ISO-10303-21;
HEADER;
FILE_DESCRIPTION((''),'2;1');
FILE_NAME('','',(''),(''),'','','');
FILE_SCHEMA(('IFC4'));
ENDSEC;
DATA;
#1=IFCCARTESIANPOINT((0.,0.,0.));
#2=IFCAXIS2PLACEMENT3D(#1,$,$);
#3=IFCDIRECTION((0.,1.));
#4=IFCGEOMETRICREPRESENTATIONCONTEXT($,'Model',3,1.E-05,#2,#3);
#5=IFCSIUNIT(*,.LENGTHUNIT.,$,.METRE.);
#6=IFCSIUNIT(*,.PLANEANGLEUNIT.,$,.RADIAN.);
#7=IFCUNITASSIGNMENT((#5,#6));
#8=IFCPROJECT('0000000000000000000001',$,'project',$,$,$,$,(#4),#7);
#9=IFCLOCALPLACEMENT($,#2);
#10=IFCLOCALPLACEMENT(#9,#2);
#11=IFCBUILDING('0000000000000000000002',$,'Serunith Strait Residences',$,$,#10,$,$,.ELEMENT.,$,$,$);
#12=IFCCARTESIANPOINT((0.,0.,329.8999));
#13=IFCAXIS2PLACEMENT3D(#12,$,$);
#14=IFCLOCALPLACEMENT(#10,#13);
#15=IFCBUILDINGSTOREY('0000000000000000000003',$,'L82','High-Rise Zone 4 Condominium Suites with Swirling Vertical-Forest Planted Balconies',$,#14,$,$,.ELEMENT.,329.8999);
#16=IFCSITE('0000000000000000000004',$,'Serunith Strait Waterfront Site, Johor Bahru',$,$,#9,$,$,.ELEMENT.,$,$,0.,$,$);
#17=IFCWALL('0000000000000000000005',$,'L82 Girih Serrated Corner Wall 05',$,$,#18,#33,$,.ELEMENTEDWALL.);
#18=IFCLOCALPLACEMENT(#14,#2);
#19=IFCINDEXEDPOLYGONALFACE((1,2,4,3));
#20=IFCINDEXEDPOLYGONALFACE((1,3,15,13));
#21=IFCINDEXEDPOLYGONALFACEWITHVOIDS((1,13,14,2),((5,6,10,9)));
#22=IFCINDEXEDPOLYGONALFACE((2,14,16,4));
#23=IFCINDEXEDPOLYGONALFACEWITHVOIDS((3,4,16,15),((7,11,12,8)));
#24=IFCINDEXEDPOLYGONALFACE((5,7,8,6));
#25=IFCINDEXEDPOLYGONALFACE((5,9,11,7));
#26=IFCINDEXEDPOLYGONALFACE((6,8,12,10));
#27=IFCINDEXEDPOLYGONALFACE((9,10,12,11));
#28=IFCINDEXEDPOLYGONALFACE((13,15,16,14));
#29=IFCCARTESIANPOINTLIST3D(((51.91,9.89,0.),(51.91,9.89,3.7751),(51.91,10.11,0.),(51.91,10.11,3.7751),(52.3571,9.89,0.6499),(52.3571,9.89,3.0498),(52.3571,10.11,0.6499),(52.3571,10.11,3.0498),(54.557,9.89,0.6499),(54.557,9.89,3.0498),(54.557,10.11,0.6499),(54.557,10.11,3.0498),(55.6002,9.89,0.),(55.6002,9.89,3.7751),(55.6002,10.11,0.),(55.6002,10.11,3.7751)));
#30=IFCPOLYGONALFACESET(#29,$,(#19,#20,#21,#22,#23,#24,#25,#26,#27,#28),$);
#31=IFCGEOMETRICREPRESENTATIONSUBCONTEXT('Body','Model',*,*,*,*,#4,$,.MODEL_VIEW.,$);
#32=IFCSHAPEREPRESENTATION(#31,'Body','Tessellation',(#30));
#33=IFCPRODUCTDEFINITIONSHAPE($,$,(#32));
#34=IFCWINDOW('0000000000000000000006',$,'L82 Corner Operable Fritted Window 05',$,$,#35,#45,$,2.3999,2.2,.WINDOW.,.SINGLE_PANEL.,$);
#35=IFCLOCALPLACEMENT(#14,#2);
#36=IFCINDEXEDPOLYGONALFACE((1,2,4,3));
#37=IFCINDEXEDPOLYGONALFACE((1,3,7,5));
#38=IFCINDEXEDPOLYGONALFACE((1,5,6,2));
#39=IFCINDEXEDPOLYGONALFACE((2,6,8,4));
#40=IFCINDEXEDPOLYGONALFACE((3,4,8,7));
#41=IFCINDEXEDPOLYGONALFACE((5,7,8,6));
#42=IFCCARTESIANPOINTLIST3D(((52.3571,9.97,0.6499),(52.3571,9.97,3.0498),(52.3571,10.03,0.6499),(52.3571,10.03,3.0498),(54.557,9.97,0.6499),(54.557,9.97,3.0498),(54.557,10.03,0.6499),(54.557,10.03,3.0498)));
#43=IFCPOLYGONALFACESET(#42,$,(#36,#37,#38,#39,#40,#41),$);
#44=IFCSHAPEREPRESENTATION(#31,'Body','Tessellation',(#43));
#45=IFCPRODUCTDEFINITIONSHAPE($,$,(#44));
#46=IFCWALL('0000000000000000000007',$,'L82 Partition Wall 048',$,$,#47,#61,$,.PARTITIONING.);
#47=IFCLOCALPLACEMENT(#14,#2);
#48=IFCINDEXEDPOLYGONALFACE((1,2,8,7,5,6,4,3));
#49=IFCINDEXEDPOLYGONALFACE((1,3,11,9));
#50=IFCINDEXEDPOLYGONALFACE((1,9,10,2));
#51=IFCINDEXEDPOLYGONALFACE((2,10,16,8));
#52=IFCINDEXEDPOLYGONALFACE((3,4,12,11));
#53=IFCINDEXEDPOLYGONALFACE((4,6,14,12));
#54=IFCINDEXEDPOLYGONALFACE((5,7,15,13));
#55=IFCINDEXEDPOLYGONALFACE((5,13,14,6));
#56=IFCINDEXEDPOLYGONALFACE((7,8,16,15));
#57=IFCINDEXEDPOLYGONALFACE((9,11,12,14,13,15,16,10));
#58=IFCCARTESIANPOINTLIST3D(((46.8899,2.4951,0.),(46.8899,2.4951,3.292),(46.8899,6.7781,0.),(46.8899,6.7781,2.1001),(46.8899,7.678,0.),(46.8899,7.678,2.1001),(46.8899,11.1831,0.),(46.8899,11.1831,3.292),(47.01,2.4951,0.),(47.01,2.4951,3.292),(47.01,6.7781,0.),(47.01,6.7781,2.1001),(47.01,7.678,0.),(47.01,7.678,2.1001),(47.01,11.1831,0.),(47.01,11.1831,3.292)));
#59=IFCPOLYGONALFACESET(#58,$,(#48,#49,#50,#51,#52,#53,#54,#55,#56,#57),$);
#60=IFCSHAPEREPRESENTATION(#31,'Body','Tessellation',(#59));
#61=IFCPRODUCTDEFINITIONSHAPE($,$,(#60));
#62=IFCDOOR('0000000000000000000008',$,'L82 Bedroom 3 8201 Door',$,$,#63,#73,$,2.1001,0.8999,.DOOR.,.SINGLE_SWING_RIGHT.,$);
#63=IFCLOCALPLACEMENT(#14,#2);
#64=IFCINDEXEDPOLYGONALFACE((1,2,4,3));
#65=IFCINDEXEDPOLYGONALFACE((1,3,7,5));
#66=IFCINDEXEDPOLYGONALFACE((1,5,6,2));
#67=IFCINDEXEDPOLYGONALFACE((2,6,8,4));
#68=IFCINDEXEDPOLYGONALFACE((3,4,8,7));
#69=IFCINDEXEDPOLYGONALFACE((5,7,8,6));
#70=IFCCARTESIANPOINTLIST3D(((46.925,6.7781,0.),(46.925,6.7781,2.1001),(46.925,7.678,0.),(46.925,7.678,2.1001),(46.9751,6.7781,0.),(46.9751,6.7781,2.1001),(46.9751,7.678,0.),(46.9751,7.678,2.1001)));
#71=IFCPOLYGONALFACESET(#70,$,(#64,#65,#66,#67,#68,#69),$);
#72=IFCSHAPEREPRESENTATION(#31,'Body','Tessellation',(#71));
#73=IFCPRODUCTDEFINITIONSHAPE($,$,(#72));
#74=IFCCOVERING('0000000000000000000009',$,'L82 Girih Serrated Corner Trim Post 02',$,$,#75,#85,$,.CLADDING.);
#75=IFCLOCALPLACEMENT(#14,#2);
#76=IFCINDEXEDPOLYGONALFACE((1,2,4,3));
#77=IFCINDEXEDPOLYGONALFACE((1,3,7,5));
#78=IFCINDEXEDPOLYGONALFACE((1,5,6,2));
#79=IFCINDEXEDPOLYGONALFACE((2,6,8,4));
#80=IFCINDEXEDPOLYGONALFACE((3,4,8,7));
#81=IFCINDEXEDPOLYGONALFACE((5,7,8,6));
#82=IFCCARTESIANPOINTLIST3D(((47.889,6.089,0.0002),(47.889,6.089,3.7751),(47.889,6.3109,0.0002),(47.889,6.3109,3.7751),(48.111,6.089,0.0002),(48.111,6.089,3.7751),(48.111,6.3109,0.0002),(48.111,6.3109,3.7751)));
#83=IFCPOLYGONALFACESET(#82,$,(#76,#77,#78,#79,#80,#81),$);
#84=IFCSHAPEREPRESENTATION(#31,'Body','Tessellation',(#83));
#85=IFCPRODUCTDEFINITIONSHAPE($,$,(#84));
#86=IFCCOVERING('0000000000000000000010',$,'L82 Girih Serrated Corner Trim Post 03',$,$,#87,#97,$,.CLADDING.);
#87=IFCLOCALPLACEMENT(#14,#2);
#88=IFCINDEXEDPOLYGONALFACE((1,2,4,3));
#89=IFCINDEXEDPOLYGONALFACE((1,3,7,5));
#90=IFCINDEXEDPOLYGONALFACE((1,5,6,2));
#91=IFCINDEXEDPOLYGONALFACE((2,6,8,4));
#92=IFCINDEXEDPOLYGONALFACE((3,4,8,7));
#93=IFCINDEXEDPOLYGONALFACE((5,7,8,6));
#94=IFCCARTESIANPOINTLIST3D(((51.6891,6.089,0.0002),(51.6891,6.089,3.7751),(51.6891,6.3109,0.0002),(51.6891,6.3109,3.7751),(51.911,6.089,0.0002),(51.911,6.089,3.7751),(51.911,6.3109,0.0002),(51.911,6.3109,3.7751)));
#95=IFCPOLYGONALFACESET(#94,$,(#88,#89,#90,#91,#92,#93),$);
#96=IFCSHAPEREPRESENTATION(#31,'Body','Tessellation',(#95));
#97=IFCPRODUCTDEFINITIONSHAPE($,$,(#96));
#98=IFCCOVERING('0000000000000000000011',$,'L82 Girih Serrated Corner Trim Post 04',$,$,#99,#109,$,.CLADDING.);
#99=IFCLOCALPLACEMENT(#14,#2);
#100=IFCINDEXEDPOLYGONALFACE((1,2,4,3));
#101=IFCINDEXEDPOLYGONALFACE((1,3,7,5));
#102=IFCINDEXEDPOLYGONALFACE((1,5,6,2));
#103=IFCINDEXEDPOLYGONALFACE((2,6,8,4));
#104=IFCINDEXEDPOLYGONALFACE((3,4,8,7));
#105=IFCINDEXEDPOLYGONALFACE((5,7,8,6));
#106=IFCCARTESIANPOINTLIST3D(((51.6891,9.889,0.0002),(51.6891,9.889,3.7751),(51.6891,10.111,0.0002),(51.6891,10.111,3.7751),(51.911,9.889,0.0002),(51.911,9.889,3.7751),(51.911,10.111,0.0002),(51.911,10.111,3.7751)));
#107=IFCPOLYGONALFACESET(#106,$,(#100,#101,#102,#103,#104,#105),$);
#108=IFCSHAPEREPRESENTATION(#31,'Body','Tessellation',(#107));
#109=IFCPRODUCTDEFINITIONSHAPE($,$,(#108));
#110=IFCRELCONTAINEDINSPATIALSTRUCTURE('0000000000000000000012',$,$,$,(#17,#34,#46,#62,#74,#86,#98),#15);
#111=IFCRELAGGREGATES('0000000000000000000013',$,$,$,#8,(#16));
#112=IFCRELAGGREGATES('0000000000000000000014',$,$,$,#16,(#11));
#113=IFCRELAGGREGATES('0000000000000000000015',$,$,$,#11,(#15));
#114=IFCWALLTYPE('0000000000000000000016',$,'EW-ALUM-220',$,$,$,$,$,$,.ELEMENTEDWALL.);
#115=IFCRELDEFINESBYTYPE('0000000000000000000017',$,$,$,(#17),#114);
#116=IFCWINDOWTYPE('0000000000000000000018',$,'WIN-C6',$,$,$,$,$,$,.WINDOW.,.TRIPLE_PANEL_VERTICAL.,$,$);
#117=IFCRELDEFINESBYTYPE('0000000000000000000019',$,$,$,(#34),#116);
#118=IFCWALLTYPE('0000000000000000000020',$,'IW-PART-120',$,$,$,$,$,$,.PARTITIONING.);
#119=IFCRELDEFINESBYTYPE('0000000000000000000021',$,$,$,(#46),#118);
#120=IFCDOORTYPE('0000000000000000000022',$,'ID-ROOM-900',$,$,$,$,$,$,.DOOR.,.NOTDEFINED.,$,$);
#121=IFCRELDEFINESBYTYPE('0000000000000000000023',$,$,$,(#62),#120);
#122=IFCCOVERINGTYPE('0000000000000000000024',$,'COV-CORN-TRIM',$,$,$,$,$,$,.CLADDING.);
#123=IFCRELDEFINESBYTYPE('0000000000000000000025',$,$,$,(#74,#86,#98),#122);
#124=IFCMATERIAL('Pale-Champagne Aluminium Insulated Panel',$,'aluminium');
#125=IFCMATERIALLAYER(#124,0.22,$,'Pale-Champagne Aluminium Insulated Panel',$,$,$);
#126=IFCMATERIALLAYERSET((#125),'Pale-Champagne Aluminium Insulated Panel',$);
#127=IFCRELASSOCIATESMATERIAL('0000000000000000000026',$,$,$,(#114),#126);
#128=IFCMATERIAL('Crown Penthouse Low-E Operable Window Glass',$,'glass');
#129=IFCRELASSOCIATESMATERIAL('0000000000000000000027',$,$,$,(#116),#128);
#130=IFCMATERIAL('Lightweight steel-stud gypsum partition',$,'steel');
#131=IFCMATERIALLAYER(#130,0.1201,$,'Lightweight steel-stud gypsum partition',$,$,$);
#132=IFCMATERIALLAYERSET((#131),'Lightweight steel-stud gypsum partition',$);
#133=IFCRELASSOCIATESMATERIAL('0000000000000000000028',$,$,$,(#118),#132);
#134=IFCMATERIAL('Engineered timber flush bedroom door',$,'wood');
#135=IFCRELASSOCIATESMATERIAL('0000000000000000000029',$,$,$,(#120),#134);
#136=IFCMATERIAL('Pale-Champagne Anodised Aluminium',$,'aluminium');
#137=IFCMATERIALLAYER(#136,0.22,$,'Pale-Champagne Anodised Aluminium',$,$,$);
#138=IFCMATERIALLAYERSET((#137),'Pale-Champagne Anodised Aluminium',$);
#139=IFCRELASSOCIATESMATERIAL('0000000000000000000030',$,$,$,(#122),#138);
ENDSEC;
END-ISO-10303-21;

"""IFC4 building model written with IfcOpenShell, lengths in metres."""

from ifc_helpers import new_model, si_unit, direction, frame, frame_2d, origin, origin_2d, place, context, subcontext, project, spatial, rectangle, extrude, source, transform, mapped, material, layer, layer_set, type_object, element, fill, save


model = new_model("IFC4")

# Units and contexts
model_context = context("Model", 3, precision=1e-05, world=origin(), true_north=direction((0.0, 1.0)))
body_context = subcontext(model_context, "Body", "Model", "MODEL_VIEW")
ifc_project = project(units=[si_unit("LENGTHUNIT", "METRE"), si_unit("PLANEANGLEUNIT", "RADIAN")], contexts=[model_context])

# Site, building, storey
site_placement = place(None, origin())
site = spatial("IfcSite", under=ifc_project, at=site_placement, Name="Serunith Strait Waterfront Site, Johor Bahru", CompositionType="ELEMENT", RefElevation=0.0)
building_placement = place(site_placement, origin())
building = spatial("IfcBuilding", under=site, at=building_placement, Name="Serunith Strait Residences", CompositionType="ELEMENT")
storey_placement = place(building_placement, frame((0.0, 0.0, 329.8999)))
storey = spatial("IfcBuildingStorey", under=building, at=storey_placement, Name="L82", Description="High-Rise Zone 4 Condominium Suites with Swirling Vertical-Forest Planted Balconies", CompositionType="ELEMENT", Elevation=329.8999)

# Wall, opening, window
ifc_material_1 = material(Name="Pale-Champagne Aluminium Insulated Panel", Category="aluminium")
ifc_layer_1 = layer(ifc_material_1, 0.22, Name="Pale-Champagne Aluminium Insulated Panel")
ifc_layer_set_1 = layer_set([ifc_layer_1], Name="Pale-Champagne Aluminium Insulated Panel")
wall_type_1 = type_object("IfcWallType", Name="EW-ALUM-220", PredefinedType="ELEMENTEDWALL", material=ifc_layer_set_1)
ifc_material_2 = material(Name="Crown Penthouse Low-E Operable Window Glass", Category="glass")
window_type = type_object("IfcWindowType", Name="WIN-C6", PartitioningType="TRIPLE_PANEL_VERTICAL", PredefinedType="WINDOW", material=ifc_material_2)
shared_shape_1 = source(origin(), body_context, "Body", "SweptSolid", [
    extrude(rectangle(XDim=2.2, YDim=2.3999, at=frame_2d((1.1001, 1.2))), frame((0.0, 0.03, 0.0), z_axis=(0.0, -1.0, 0.0), x_axis=(1.0, 0.0, 0.0)), (0.0, 0.0, 1.0), 0.0601),
])
wall_1_placement = place(storey_placement, frame((51.9099, 10.0, 0.0), z_axis=(0.0, 0.0, 1.0), x_axis=(1.0, 0.0, 0.0)))
wall_1 = element("IfcWall", 1, at=wall_1_placement, inside=storey, type_object=wall_type_1, Name="L82 Girih Serrated Corner Wall 05", PredefinedType="ELEMENTEDWALL", context=body_context, shape_type="SweptSolid", body=[
    extrude(rectangle(XDim=3.6902, YDim=0.22, at=frame_2d((1.8452, 0.0))), origin(), (0.0, 0.0, 1.0), 3.7751),
])
opening_1_placement = place(wall_1_placement, frame((0.447, 0.0, 0.6499)))
opening_1 = element("IfcOpeningElement", 2, at=opening_1_placement, cuts=wall_1, PredefinedType="OPENING", context=body_context, shape_type="SweptSolid", body=[
    extrude(rectangle(XDim=2.2, YDim=2.3999, at=frame_2d((1.1001, 1.2))), frame((0.0, 0.1201, 0.0), z_axis=(0.0, -1.0, 0.0), x_axis=(1.0, 0.0, 0.0)), (0.0, 0.0, 1.0), 0.24),
])
window_1_placement = place(opening_1_placement, origin())
window_1 = element("IfcWindow", 3, at=window_1_placement, inside=storey, type_object=window_type, Name="L82 Corner Operable Fritted Window 05", OverallHeight=2.3999, OverallWidth=2.2, PartitioningType="SINGLE_PANEL", PredefinedType="WINDOW", context=body_context, shape_type="MappedRepresentation", body=[
    mapped(shared_shape_1, transform((0.0, 0.0, 0.0), scale=1.0)),
])
fill(opening_1, window_1)

# Wall, opening, door
ifc_material_3 = material(Name="Lightweight steel-stud gypsum partition", Category="steel")
ifc_layer_2 = layer(ifc_material_3, 0.1201, Name="Lightweight steel-stud gypsum partition")
ifc_layer_set_2 = layer_set([ifc_layer_2], Name="Lightweight steel-stud gypsum partition")
wall_type_2 = type_object("IfcWallType", Name="IW-PART-120", PredefinedType="PARTITIONING", material=ifc_layer_set_2)
wall_2_placement = place(storey_placement, frame((46.95, 2.4951, 0.0), z_axis=(0.0, 0.0, 1.0), x_axis=(0.0, 1.0, 0.0)))
wall_2 = element("IfcWall", 4, at=wall_2_placement, inside=storey, type_object=wall_type_2, Name="L82 Partition Wall 048", PredefinedType="PARTITIONING", context=body_context, shape_type="SweptSolid", body=[
    extrude(rectangle(XDim=8.688, YDim=0.1201, at=frame_2d((4.344, 0.0))), origin(), (0.0, 0.0, 1.0), 3.292),
])
opening_2_placement = place(wall_2_placement, frame((4.283, 0.0, 0.0)))
opening_2 = element("IfcOpeningElement", 5, at=opening_2_placement, cuts=wall_2, PredefinedType="OPENING", context=body_context, shape_type="SweptSolid", body=[
    extrude(rectangle(XDim=0.8999, YDim=2.1001, at=frame_2d((0.45, 1.05))), frame((0.0, 0.0701, 0.0), z_axis=(0.0, -1.0, 0.0), x_axis=(1.0, 0.0, 0.0)), (0.0, 0.0, 1.0), 0.1401),
])
ifc_material_4 = material(Name="Engineered timber flush bedroom door", Category="wood")
door_type = type_object("IfcDoorType", Name="ID-ROOM-900", OperationType="NOTDEFINED", PredefinedType="DOOR", material=ifc_material_4)
shared_shape_2 = source(origin(), body_context, "Body", "SweptSolid", [
    extrude(rectangle(XDim=0.8999, YDim=2.1001, at=frame_2d((0.45, 1.05))), frame((0.0, 0.0249, 0.0), z_axis=(0.0, -1.0, 0.0), x_axis=(1.0, 0.0, 0.0)), (0.0, 0.0, 1.0), 0.05),
])
door_placement = place(opening_2_placement, origin())
door = element("IfcDoor", 6, at=door_placement, inside=storey, type_object=door_type, Name="L82 Bedroom 3 8201 Door", OperationType="SINGLE_SWING_RIGHT", OverallHeight=2.1001, OverallWidth=0.8999, PredefinedType="DOOR", context=body_context, shape_type="MappedRepresentation", body=[
    mapped(shared_shape_2, transform((0.0, 0.0, 0.0), scale=1.0)),
])
fill(opening_2, door)

# Coverings
ifc_material_5 = material(Name="Pale-Champagne Anodised Aluminium", Category="aluminium")
ifc_layer_3 = layer(ifc_material_5, 0.22, Name="Pale-Champagne Anodised Aluminium")
ifc_layer_set_3 = layer_set([ifc_layer_3], Name="Pale-Champagne Anodised Aluminium")
covering_type = type_object("IfcCoveringType", Name="COV-CORN-TRIM", PredefinedType="CLADDING", material=ifc_layer_set_3)
shared_shape_3 = source(origin(), body_context, "Body", "SweptSolid", [
    extrude(rectangle(XDim=0.2219, YDim=0.2219, at=origin_2d()), origin(), (0.0, 0.0, 1.0), 3.7749),
])
for number, where, z_axis, x_axis, name in (
    (7, (48.0, 6.2, 0.0002), (0.0, 0.0, 1.0), (1.0, 0.0, 0.0), "L82 Girih Serrated Corner Trim Post 02"),
    (8, (51.8, 6.2, 0.0002), (0.0, 0.0, 1.0), (1.0, 0.0, 0.0), "L82 Girih Serrated Corner Trim Post 03"),
    (9, (51.8, 10.0, 0.0002), (0.0, 0.0, 1.0), (1.0, 0.0, 0.0), "L82 Girih Serrated Corner Trim Post 04"),
):
    element("IfcCovering", number, at=place(storey_placement, frame(where, z_axis=z_axis, x_axis=x_axis)), inside=storey, type_object=covering_type, Name=name, PredefinedType="CLADDING", context=body_context, shape_type="MappedRepresentation", body=[
        mapped(shared_shape_3, transform((0.0, 0.0, 0.0), scale=1.0)),
    ])

save(model, "model.ifc")
